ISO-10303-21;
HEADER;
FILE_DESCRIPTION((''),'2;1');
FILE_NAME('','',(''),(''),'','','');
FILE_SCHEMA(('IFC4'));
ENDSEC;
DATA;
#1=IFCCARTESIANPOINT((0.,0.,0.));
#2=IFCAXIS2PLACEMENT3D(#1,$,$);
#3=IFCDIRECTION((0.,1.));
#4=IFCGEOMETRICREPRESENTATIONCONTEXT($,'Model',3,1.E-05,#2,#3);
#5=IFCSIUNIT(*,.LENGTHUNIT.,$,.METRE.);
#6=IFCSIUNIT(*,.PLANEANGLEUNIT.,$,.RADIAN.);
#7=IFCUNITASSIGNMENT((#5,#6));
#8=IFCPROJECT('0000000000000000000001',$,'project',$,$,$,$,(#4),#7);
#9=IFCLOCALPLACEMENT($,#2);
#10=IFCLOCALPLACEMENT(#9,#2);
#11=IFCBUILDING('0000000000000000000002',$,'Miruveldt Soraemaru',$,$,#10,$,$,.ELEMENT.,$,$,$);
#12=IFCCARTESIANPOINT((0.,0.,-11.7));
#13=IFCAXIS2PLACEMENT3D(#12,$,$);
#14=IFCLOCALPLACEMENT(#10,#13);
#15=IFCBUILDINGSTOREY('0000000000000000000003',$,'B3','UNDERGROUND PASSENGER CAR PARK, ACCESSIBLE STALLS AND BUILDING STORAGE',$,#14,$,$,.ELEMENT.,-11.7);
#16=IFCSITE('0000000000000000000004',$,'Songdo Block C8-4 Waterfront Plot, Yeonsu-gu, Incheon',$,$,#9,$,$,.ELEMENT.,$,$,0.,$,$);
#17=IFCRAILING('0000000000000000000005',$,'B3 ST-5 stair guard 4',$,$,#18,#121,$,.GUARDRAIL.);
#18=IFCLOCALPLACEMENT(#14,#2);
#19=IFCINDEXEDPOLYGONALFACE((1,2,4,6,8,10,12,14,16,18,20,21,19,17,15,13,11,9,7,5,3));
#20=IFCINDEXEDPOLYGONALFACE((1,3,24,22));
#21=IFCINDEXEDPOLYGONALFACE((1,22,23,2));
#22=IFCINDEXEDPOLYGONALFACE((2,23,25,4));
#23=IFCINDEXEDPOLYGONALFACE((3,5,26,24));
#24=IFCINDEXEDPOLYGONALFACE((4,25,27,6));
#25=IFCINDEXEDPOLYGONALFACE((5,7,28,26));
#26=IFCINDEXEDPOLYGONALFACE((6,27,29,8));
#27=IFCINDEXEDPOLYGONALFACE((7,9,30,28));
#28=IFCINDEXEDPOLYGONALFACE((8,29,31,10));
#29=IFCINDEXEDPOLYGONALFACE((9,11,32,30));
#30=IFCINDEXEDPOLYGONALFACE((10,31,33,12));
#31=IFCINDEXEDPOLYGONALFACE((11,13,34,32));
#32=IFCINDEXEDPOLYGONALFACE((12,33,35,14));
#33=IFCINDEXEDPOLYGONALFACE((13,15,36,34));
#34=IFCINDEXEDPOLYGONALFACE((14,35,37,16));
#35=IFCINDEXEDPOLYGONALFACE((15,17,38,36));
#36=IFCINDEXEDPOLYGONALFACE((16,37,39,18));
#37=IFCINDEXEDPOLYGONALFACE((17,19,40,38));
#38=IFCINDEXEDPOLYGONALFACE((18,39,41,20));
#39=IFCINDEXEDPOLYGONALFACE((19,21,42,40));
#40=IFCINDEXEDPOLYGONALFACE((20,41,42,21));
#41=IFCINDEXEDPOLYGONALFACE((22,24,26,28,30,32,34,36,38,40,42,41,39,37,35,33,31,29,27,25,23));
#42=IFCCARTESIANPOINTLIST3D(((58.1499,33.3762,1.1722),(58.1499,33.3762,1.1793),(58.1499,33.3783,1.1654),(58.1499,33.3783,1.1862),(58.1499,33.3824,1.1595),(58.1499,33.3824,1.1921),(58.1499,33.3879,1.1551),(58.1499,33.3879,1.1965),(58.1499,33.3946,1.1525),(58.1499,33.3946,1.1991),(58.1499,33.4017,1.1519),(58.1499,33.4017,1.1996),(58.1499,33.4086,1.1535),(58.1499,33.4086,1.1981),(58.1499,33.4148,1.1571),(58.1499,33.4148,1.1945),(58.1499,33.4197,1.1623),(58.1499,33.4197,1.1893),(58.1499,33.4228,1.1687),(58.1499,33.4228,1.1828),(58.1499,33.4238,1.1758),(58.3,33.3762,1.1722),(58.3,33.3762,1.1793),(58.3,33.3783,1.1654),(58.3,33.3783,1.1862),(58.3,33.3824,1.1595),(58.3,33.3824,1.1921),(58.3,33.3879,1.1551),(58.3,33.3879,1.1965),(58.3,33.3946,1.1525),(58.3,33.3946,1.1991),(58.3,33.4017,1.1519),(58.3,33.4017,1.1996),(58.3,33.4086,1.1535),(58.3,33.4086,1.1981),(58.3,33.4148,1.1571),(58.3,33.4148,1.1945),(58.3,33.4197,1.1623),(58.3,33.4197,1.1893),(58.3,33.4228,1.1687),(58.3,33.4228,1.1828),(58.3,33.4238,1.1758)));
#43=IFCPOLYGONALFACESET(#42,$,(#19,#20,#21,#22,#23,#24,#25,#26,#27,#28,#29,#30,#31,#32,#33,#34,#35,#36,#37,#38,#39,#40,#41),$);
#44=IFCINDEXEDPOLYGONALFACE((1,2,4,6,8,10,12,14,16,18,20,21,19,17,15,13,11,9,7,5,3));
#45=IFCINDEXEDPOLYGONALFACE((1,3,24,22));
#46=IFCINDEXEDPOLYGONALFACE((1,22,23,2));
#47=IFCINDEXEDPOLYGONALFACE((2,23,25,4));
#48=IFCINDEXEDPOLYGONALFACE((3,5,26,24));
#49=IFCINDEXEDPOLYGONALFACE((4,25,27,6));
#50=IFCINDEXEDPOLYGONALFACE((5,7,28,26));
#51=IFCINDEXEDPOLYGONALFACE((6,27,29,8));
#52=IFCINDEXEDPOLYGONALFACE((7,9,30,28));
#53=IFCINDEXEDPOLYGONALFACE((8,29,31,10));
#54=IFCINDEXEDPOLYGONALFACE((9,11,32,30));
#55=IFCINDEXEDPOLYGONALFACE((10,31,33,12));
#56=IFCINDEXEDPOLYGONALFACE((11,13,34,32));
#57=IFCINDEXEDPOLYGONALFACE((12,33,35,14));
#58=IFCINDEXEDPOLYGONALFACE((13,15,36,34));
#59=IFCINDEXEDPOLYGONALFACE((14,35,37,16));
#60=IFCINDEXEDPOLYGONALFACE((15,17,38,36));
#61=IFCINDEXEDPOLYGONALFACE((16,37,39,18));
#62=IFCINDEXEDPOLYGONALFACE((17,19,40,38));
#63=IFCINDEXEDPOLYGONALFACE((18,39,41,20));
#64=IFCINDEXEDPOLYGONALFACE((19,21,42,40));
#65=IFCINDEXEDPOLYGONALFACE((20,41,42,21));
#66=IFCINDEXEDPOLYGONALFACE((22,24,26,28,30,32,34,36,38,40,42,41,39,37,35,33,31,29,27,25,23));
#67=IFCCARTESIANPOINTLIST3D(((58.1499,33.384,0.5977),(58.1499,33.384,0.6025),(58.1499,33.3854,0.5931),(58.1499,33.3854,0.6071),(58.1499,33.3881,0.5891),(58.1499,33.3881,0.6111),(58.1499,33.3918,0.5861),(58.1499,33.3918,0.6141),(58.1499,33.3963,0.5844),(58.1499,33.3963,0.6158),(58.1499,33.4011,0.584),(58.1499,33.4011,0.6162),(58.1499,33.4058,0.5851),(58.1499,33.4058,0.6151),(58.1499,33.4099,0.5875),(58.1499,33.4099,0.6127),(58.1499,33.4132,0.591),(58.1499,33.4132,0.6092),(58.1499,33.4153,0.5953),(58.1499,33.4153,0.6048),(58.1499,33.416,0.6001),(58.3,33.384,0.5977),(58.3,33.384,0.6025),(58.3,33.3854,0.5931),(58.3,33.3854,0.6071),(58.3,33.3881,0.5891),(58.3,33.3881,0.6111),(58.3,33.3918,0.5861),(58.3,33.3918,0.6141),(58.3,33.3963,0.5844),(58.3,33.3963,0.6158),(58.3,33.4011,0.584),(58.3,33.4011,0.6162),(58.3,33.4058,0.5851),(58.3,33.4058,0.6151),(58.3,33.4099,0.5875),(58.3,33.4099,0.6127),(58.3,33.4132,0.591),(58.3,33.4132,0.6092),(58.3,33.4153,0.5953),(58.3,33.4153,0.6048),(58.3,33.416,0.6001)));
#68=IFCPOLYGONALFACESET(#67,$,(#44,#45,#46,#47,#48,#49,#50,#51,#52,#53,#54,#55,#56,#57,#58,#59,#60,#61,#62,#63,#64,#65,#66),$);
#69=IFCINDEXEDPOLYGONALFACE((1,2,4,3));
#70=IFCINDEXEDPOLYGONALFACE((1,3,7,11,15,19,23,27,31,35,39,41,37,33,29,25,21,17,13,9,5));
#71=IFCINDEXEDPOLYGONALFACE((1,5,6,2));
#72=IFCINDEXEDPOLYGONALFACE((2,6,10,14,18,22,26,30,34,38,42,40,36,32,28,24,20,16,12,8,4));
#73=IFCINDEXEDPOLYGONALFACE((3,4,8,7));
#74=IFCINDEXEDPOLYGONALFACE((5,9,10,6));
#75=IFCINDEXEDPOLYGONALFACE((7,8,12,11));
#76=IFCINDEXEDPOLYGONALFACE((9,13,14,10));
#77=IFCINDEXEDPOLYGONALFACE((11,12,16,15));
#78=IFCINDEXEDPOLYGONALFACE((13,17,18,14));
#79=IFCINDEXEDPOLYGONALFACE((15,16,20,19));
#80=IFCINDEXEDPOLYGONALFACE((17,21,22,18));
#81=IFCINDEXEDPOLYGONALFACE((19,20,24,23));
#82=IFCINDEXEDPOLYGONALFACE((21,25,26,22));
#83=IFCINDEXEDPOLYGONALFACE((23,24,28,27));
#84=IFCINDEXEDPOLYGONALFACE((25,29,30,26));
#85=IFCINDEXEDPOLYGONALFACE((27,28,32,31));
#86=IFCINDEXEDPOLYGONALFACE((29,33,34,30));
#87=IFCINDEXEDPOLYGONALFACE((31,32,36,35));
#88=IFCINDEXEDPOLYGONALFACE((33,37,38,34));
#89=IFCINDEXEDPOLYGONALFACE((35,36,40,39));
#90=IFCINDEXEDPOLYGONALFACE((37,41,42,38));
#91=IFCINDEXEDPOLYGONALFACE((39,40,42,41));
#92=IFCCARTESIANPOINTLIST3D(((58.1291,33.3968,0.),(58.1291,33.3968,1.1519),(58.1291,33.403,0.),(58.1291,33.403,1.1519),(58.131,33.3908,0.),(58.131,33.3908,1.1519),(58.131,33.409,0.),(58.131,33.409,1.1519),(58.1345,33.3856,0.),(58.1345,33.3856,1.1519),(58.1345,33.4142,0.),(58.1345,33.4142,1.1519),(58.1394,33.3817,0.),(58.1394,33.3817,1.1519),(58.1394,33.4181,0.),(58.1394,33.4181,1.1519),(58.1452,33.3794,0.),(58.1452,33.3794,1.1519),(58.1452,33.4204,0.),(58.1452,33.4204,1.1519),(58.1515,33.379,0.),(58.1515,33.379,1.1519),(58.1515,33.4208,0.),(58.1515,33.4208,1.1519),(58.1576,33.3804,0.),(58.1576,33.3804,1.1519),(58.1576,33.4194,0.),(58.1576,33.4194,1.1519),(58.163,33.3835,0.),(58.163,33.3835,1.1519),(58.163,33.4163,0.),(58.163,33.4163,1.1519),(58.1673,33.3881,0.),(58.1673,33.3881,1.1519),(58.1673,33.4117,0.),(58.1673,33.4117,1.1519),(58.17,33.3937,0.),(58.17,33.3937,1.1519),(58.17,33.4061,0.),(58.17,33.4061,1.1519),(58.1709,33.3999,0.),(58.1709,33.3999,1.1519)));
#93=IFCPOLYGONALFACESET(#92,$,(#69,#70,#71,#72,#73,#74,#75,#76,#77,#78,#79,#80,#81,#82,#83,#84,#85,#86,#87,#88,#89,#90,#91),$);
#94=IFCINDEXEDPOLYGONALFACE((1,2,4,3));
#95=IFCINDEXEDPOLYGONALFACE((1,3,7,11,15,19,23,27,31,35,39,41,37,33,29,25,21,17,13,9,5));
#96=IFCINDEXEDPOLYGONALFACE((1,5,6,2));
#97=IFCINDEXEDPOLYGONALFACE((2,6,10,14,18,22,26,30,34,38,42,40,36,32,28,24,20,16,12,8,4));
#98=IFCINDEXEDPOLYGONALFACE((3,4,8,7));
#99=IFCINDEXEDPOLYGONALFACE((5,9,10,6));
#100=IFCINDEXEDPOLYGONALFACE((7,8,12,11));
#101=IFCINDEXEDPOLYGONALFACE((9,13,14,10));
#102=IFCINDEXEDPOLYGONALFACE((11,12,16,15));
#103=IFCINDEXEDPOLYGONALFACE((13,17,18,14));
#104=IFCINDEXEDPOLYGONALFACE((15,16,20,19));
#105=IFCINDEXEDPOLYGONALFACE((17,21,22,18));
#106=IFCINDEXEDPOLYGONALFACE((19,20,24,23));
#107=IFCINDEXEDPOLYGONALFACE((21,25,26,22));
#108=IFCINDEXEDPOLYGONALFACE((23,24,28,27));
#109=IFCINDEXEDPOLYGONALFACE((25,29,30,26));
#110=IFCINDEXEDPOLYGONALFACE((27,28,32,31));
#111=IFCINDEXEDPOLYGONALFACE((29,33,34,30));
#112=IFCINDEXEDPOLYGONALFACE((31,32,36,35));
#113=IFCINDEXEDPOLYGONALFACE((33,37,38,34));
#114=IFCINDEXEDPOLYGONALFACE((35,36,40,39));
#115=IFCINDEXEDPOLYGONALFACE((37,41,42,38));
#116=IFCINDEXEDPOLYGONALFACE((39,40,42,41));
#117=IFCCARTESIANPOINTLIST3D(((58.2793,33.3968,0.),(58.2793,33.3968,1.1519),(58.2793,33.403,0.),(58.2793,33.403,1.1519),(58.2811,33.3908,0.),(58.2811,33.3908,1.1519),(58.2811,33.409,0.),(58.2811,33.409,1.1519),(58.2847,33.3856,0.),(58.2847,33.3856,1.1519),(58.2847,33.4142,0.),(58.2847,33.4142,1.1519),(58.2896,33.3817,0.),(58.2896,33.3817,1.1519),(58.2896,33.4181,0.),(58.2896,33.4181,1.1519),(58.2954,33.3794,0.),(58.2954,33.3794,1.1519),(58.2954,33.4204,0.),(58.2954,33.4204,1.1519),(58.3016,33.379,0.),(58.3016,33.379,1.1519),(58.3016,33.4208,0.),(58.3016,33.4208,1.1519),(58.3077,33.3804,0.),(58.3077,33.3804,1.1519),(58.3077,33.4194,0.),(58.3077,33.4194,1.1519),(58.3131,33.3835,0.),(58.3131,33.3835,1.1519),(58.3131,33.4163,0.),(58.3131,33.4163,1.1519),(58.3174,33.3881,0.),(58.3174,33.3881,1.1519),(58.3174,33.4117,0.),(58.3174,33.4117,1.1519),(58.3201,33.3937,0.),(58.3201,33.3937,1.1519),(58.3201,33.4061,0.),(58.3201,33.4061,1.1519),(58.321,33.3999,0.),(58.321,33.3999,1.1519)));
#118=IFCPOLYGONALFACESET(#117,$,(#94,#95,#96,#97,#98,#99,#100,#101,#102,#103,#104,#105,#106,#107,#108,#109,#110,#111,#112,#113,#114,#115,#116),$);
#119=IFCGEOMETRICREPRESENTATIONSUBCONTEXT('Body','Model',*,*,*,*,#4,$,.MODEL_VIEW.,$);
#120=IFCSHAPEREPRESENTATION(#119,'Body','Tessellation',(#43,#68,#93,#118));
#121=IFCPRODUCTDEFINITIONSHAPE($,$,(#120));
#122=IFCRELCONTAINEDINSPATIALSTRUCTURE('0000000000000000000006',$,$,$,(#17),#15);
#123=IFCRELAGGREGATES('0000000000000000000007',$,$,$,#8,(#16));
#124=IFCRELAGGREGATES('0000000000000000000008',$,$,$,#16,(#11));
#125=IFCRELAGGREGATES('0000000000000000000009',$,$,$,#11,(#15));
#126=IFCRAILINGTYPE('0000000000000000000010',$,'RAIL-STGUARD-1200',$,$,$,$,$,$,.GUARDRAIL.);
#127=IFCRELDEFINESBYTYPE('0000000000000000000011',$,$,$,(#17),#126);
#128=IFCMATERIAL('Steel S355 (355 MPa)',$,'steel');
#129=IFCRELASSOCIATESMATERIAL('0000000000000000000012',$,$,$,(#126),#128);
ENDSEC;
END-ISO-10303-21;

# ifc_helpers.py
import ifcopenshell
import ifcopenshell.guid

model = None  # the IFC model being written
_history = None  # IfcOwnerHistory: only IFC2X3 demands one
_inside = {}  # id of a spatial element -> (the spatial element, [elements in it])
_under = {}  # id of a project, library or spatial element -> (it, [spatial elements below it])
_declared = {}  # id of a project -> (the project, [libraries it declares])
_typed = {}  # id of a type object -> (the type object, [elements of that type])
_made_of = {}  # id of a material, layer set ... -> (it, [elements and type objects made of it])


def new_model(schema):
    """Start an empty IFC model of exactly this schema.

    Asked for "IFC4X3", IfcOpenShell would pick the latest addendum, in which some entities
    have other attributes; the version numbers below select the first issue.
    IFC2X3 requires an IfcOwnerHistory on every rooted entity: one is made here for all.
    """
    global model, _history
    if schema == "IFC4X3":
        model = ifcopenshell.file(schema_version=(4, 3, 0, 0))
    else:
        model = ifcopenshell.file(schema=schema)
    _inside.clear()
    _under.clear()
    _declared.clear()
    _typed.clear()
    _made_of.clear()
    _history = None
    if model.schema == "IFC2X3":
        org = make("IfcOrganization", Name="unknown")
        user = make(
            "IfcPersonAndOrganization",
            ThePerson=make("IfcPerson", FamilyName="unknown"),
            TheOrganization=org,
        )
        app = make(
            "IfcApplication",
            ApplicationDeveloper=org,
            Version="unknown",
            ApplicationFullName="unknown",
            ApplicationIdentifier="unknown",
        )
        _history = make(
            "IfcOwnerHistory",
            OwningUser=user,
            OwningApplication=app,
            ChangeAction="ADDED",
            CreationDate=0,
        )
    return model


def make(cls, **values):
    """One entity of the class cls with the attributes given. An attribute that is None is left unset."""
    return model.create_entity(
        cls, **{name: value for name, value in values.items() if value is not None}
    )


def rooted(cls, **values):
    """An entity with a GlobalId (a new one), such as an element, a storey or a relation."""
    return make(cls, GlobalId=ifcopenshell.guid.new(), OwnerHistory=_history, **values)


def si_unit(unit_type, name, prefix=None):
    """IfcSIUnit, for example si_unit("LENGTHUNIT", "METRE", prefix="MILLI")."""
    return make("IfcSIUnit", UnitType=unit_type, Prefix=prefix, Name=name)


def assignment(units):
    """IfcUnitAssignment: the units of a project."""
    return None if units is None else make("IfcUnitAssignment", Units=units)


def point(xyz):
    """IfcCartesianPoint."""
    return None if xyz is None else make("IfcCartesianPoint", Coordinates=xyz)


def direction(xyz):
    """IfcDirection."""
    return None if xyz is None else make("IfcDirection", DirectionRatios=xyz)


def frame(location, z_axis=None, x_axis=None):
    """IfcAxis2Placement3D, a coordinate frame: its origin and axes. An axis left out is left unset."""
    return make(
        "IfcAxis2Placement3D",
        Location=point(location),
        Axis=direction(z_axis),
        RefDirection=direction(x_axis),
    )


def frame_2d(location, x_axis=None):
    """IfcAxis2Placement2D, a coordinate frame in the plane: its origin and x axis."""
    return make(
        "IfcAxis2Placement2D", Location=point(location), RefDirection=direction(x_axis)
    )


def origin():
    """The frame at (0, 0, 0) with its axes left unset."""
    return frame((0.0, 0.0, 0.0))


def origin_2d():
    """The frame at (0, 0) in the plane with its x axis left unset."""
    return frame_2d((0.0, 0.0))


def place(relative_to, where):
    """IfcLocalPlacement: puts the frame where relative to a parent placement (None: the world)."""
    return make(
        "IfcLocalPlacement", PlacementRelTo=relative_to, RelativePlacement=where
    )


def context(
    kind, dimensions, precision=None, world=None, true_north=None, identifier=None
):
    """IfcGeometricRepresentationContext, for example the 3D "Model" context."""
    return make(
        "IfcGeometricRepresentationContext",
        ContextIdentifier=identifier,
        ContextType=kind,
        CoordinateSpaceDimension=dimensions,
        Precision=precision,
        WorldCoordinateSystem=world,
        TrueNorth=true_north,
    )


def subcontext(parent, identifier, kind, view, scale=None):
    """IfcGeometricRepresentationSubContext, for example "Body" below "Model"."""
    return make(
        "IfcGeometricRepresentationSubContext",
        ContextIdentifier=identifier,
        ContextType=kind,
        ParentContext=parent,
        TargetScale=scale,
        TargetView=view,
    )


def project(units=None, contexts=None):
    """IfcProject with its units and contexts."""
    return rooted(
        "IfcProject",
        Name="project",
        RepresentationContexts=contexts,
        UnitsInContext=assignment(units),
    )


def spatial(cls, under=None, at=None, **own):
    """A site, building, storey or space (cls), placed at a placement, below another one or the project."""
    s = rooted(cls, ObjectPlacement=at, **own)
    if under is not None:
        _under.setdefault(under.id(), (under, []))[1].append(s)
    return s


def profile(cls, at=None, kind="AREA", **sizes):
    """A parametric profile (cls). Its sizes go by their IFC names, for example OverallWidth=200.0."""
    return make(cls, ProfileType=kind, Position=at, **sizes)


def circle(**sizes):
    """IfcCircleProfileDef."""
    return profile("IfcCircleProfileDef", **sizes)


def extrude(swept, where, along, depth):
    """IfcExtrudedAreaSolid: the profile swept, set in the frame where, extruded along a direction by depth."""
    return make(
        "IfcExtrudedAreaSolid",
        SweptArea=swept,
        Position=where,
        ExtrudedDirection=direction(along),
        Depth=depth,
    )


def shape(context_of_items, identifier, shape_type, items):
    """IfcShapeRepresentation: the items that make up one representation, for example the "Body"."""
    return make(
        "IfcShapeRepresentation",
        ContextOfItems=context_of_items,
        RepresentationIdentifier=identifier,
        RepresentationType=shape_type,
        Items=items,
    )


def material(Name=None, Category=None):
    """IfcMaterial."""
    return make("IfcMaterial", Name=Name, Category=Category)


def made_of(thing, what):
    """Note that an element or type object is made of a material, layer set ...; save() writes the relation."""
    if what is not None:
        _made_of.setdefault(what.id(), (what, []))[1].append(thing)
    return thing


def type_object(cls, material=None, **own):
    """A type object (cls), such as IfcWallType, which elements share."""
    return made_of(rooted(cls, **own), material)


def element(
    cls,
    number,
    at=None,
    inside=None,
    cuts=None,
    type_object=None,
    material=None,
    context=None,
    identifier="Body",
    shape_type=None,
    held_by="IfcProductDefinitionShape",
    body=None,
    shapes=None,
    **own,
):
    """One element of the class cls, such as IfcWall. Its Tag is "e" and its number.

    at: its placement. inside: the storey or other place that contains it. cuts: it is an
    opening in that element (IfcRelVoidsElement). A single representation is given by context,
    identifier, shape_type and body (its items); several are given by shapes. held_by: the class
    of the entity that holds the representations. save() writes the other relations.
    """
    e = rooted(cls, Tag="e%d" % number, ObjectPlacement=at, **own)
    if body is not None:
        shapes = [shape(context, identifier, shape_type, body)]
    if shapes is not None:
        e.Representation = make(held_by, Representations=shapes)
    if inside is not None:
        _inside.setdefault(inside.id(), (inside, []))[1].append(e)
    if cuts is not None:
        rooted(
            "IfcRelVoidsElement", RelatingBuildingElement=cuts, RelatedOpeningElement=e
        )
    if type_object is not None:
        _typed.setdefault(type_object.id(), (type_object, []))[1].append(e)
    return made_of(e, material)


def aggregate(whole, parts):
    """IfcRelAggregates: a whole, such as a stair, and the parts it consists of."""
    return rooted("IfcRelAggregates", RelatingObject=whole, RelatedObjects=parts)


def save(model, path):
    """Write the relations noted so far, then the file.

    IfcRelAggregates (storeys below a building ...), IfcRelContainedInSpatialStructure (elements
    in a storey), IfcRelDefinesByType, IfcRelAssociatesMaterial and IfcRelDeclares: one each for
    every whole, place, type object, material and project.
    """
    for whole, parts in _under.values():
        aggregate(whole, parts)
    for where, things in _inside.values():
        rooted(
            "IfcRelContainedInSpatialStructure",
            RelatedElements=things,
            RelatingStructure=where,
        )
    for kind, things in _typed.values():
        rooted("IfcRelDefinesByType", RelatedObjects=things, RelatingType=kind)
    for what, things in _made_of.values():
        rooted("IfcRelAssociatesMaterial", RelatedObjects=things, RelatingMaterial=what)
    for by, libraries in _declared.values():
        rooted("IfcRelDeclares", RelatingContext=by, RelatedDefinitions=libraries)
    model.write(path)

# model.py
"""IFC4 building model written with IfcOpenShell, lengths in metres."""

from ifc_helpers import new_model, si_unit, direction, frame, origin, origin_2d, place, context, subcontext, project, spatial, circle, extrude, material, type_object, element, save


model = new_model("IFC4")

# Units and contexts
model_context = context("Model", 3, precision=1e-05, world=origin(), true_north=direction((0.0, 1.0)))
body_context = subcontext(model_context, "Body", "Model", "MODEL_VIEW")
ifc_project = project(units=[si_unit("LENGTHUNIT", "METRE"), si_unit("PLANEANGLEUNIT", "RADIAN")], contexts=[model_context])

# Site, building, storey
site_placement = place(None, origin())
site = spatial("IfcSite", under=ifc_project, at=site_placement, Name="Songdo Block C8-4 Waterfront Plot, Yeonsu-gu, Incheon", CompositionType="ELEMENT", RefElevation=0.0)
building_placement = place(site_placement, origin())
building = spatial("IfcBuilding", under=site, at=building_placement, Name="Miruveldt Soraemaru", CompositionType="ELEMENT")
storey_placement = place(building_placement, frame((0.0, 0.0, -11.7)))
storey = spatial("IfcBuildingStorey", under=building, at=storey_placement, Name="B3", Description="UNDERGROUND PASSENGER CAR PARK, ACCESSIBLE STALLS AND BUILDING STORAGE", CompositionType="ELEMENT", Elevation=-11.7)

# Shared definitions
ifc_material_1 = material(Name="Steel S355 (355 MPa)", Category="steel")

# Railing
railing_type_1 = type_object("IfcRailingType", Name="RAIL-STGUARD-1200", PredefinedType="GUARDRAIL", material=ifc_material_1)
railing_1_placement = place(storey_placement, frame((58.1499, 33.3999, 0.0)))
element("IfcRailing", 1, at=railing_1_placement, inside=storey, type_object=railing_type_1, Name="B3 ST-5 stair guard 4", PredefinedType="GUARDRAIL", context=body_context, shape_type="SweptSolid", body=[
    extrude(circle(Radius=0.0239, at=origin_2d()), frame((0.0, 0.0, 1.1758), z_axis=(1.0, 0.0, 0.0), x_axis=(0.0, 1.0, 0.0)), (0.0, 0.0, 1.0), 0.1501),
    extrude(circle(Radius=0.0161, at=origin_2d()), frame((0.0, 0.0, 0.6001), z_axis=(1.0, 0.0, 0.0), x_axis=(0.0, 1.0, 0.0)), (0.0, 0.0, 1.0), 0.1501),
    extrude(circle(Radius=0.021, at=origin_2d()), origin(), (0.0, 0.0, 1.0), 1.1519),
    extrude(circle(Radius=0.021, at=origin_2d()), frame((0.1501, 0.0, 0.0)), (0.0, 0.0, 1.0), 1.1519),
])

save(model, "model.ifc")
